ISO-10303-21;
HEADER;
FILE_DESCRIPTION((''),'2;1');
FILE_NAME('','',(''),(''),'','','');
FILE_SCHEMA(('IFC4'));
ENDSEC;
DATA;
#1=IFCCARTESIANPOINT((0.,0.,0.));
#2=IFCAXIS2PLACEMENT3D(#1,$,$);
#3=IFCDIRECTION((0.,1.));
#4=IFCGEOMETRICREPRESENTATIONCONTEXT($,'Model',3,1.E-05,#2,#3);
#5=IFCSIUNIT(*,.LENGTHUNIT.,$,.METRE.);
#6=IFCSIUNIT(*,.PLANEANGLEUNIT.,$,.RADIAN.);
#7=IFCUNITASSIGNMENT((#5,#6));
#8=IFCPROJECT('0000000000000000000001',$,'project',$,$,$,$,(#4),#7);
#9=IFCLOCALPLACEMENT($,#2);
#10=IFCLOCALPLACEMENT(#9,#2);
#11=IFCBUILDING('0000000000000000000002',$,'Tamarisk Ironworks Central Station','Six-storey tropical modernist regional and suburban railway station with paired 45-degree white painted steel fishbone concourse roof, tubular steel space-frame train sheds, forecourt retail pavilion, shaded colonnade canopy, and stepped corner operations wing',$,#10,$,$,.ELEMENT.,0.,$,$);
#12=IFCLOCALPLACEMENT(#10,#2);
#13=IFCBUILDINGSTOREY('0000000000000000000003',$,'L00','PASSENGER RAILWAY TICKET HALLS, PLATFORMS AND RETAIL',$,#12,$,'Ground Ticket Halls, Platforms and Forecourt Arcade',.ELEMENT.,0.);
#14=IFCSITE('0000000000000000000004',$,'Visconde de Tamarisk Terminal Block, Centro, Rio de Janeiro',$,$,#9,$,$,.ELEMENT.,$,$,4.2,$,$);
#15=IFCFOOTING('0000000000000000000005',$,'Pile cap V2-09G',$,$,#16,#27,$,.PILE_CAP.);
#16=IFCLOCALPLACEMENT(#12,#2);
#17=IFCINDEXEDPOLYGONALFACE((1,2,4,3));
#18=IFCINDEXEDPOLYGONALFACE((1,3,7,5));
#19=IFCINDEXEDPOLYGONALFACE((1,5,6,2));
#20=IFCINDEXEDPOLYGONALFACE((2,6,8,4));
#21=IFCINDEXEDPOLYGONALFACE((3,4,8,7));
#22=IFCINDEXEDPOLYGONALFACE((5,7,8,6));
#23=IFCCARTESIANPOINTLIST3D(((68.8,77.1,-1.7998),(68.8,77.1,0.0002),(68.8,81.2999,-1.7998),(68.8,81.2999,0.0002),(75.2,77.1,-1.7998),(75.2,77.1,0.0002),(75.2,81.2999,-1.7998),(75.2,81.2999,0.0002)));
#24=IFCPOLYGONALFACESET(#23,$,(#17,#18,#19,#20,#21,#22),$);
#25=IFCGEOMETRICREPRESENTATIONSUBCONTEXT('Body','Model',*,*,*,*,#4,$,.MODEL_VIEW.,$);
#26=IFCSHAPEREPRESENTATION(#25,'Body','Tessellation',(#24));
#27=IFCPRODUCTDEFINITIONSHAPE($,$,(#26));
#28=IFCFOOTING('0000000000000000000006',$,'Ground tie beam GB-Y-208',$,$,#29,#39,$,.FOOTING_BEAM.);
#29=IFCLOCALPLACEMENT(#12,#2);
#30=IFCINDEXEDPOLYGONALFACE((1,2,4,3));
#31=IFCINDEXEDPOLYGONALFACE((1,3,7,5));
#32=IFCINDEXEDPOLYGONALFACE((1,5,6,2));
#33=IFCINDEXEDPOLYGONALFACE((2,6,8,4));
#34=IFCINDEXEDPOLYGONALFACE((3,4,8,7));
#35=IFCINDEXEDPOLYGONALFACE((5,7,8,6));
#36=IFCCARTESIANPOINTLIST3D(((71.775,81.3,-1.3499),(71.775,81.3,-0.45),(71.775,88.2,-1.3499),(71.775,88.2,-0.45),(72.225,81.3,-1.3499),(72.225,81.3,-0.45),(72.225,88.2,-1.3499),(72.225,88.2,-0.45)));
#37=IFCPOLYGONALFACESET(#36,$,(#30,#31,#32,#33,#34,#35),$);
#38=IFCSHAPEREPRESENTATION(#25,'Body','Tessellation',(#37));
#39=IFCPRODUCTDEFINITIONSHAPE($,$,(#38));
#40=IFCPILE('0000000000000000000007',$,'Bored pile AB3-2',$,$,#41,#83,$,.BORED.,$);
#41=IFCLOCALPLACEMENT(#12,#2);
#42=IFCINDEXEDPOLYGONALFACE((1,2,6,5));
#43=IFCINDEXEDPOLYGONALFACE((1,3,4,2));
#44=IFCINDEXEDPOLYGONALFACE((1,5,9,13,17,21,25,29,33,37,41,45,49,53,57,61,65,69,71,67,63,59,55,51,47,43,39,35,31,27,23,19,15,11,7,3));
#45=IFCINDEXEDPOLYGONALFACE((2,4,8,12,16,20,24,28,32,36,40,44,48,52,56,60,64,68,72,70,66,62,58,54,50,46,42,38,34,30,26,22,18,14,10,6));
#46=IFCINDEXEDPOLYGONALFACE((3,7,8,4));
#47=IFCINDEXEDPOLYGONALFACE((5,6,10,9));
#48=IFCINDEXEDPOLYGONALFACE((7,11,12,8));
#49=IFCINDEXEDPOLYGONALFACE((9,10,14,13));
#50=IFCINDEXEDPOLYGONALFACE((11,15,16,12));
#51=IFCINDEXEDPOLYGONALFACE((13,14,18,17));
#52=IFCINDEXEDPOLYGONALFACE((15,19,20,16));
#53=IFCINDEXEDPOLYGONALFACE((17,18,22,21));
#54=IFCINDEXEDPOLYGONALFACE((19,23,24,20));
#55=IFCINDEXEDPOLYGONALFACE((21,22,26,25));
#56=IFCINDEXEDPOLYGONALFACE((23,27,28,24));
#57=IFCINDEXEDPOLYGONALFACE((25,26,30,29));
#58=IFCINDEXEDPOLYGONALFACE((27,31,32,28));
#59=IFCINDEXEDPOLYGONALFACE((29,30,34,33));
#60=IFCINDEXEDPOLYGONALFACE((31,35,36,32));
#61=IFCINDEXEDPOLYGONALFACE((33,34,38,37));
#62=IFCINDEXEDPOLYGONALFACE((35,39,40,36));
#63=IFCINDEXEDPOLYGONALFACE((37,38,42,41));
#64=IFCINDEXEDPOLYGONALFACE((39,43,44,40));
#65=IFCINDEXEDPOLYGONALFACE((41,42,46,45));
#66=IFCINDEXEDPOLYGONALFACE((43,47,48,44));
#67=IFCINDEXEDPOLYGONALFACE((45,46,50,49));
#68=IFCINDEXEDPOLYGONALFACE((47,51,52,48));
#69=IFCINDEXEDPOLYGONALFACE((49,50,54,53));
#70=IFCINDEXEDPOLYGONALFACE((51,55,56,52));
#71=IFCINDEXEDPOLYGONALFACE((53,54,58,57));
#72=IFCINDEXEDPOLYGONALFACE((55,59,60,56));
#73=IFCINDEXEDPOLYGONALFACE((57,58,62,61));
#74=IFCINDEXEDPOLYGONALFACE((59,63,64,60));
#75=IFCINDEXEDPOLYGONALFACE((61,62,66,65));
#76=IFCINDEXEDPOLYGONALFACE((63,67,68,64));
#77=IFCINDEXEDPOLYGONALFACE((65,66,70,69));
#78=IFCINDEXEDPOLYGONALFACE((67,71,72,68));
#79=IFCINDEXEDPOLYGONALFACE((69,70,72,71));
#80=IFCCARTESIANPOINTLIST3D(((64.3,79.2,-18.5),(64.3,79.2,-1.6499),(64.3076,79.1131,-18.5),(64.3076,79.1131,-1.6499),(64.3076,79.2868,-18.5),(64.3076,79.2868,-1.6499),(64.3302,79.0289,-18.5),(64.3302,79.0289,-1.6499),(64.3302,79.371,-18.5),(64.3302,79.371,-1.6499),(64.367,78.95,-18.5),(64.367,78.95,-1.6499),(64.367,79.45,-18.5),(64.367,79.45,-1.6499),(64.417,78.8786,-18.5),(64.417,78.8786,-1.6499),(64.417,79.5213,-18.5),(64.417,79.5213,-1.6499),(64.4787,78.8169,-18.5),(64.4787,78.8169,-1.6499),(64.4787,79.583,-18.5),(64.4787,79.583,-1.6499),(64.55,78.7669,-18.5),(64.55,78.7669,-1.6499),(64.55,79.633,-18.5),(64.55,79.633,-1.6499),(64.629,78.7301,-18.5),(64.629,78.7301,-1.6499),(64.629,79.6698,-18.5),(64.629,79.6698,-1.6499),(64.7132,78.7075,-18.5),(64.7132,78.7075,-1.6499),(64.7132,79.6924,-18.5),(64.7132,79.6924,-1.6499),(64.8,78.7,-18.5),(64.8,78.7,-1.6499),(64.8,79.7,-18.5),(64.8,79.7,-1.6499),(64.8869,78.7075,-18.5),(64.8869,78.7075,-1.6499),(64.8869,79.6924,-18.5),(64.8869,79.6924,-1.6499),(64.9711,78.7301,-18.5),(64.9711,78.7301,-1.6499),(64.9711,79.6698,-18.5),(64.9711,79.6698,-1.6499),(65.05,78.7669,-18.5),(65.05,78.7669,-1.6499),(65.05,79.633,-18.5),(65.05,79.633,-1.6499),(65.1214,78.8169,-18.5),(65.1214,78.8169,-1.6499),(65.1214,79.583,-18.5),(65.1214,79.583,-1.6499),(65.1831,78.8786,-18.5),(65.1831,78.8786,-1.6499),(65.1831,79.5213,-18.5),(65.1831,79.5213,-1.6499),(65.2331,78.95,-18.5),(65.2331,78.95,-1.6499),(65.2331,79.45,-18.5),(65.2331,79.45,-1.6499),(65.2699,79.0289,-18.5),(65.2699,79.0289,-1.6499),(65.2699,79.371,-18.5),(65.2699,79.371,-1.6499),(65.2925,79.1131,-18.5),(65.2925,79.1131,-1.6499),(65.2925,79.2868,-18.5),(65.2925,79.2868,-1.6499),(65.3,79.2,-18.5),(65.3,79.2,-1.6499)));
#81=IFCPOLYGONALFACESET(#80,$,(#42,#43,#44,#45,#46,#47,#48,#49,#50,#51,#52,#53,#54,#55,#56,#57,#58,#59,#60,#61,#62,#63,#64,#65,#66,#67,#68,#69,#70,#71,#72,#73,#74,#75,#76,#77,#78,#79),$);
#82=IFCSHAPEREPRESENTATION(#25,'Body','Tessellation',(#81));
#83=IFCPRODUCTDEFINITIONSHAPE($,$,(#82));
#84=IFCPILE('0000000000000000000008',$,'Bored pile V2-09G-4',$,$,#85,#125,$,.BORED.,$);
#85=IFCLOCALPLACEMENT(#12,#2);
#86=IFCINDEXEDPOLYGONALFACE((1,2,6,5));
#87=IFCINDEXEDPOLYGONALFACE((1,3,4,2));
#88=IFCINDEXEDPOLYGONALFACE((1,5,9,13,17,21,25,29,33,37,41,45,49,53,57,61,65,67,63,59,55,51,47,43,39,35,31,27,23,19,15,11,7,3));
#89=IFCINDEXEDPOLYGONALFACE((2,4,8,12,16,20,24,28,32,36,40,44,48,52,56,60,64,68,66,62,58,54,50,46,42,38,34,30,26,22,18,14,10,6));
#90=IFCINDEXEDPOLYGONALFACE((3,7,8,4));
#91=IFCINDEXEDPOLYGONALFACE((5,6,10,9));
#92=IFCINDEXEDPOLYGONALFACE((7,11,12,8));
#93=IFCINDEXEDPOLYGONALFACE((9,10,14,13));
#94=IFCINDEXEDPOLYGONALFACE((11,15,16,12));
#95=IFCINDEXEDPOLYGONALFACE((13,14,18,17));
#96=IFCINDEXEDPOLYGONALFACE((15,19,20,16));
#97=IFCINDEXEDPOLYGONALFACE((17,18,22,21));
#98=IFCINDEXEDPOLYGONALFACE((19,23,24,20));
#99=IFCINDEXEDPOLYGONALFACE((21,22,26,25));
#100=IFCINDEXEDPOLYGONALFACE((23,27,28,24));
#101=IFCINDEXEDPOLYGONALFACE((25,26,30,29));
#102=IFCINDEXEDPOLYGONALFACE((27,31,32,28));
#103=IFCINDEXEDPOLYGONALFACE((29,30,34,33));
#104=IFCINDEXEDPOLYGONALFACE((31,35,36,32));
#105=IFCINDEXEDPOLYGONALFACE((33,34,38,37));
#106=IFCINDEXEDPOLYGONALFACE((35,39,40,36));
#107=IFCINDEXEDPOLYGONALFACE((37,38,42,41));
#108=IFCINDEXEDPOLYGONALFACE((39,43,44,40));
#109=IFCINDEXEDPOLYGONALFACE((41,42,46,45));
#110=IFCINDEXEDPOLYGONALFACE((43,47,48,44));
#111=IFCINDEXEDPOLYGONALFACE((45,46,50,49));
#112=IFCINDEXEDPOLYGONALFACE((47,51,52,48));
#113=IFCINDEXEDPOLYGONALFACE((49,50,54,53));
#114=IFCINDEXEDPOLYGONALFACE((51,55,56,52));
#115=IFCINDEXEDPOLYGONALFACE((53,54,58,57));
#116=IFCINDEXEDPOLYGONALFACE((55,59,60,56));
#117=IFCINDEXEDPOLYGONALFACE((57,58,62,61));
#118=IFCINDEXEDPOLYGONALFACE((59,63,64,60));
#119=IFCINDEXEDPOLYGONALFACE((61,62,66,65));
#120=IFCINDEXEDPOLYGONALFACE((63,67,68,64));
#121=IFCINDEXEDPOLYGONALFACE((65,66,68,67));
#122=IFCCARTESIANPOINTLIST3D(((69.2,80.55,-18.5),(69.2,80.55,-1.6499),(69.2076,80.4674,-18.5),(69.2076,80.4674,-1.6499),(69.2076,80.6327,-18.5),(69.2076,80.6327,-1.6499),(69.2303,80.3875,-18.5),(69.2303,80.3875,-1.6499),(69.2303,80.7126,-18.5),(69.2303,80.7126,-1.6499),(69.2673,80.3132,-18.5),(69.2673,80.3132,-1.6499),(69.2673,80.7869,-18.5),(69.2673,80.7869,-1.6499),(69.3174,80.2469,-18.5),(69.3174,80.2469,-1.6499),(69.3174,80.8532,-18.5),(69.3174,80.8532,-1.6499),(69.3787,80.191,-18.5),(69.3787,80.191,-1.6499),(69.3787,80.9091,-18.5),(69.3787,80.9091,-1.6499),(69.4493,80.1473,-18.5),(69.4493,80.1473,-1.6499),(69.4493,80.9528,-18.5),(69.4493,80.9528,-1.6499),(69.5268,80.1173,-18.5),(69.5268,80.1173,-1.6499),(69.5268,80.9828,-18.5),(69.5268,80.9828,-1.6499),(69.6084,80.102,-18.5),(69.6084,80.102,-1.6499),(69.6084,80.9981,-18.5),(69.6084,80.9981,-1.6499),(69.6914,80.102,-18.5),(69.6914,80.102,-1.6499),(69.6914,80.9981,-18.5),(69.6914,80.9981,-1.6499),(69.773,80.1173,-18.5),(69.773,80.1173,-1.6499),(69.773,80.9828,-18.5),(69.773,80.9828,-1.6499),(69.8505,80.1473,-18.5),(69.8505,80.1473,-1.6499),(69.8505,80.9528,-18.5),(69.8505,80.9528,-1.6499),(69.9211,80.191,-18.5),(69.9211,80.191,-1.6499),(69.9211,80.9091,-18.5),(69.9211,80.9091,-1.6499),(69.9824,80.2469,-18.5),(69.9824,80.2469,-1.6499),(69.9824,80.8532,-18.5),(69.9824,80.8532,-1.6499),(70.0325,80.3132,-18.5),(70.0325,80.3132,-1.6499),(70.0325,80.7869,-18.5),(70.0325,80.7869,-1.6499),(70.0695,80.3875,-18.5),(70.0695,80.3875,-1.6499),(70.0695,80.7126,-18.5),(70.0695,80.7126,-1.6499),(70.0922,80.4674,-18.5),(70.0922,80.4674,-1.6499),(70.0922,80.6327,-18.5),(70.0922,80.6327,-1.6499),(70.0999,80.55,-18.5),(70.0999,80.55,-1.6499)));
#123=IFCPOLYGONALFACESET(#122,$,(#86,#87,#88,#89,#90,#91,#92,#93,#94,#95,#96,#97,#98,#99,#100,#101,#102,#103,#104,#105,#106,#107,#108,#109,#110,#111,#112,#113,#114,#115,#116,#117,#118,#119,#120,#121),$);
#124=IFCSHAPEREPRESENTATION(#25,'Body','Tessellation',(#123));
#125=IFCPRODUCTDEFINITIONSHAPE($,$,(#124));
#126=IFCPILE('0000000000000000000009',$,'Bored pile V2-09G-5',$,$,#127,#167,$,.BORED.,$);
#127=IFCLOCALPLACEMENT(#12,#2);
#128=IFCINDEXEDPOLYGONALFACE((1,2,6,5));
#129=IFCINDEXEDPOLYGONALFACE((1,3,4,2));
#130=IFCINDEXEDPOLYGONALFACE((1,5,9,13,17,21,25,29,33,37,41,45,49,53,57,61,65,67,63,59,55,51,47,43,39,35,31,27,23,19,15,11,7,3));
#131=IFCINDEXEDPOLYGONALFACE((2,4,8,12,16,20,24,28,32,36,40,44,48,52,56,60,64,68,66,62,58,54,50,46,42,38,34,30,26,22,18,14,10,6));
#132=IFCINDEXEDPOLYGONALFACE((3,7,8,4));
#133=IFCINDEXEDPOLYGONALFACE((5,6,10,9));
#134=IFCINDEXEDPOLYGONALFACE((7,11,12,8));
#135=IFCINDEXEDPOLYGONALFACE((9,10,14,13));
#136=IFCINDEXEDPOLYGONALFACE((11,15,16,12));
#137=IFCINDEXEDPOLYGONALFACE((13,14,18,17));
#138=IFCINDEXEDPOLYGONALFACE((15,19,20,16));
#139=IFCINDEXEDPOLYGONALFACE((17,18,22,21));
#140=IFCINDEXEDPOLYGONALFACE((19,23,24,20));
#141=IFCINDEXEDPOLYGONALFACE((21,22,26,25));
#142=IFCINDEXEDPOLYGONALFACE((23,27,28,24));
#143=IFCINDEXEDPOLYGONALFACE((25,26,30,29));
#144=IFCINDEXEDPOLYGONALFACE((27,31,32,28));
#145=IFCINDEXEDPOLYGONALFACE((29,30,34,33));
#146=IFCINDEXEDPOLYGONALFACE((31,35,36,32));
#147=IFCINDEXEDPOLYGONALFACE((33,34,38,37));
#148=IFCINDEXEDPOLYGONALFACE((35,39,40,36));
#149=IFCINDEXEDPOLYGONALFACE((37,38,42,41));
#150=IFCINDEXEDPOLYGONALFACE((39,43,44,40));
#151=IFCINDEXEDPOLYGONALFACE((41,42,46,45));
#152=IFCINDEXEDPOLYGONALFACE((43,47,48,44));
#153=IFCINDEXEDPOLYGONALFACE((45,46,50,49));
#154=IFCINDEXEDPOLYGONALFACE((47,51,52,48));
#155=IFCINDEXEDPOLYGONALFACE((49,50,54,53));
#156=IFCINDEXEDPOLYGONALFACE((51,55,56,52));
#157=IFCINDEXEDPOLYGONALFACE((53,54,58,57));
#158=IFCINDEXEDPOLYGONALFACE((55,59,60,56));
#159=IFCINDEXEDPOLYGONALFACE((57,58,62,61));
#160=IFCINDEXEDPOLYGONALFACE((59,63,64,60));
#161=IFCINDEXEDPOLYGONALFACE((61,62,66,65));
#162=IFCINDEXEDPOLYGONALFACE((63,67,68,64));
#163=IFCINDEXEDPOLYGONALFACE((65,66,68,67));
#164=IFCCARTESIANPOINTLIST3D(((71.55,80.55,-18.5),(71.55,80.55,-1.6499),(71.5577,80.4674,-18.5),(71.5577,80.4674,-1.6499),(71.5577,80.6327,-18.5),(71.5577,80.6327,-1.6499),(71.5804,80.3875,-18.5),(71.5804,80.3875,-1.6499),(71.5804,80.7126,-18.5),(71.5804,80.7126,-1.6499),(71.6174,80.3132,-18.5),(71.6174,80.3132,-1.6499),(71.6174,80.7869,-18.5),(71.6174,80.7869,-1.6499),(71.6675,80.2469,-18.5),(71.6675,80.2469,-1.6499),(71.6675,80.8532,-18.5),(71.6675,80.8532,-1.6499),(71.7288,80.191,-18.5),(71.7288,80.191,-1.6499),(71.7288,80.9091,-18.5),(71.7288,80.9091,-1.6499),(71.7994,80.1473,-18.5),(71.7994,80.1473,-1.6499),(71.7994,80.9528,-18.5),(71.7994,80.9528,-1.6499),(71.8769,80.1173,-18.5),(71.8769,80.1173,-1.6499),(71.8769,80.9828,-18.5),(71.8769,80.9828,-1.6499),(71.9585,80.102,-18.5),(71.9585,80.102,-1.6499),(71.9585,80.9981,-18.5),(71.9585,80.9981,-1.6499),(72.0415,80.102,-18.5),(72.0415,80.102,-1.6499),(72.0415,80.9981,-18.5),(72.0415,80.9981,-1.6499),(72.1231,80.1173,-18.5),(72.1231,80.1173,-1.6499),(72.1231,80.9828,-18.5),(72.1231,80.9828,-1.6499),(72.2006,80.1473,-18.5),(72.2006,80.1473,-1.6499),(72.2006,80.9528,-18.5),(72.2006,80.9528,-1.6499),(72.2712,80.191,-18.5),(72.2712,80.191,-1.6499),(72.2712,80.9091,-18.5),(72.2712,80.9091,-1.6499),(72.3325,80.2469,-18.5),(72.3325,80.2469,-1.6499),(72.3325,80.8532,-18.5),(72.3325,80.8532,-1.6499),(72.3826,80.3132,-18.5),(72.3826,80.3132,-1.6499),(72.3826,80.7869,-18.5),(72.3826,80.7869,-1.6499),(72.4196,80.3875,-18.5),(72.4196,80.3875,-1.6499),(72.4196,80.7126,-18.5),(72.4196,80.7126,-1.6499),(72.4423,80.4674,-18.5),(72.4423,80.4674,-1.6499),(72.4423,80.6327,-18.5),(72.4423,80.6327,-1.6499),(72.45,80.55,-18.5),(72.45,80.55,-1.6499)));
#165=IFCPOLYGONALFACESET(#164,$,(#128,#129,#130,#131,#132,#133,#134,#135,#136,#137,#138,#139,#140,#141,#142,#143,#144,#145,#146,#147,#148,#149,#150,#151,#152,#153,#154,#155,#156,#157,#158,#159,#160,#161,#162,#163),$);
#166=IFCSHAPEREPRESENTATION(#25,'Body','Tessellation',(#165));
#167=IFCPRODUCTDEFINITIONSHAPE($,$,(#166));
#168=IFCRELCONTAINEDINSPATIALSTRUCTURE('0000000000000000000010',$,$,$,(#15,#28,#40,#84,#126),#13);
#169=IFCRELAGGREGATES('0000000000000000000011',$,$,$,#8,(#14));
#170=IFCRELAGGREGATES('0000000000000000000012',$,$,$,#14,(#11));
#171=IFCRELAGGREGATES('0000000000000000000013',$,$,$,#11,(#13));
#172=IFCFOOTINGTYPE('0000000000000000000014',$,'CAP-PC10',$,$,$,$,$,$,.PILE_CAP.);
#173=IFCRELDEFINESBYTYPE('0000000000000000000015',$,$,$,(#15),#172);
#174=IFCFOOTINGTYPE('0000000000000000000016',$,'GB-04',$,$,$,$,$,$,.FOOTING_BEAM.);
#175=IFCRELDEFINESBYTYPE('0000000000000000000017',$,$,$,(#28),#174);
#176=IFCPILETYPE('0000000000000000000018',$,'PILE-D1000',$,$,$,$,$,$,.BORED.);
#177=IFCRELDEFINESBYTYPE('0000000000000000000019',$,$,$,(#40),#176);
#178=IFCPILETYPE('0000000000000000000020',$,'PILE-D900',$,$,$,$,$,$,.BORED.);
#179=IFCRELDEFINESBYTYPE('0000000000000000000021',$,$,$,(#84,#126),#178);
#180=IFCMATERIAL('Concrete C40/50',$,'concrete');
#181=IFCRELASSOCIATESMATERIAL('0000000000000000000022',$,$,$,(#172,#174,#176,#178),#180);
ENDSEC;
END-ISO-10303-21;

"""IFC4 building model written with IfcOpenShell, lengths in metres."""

from ifc_helpers import new_model, si_unit, direction, frame, origin, origin_2d, place, context, subcontext, project, spatial, rectangle, circle, extrude, material, material_profile, profile_set, type_object, element, save


model = new_model("IFC4")

# Units and contexts
model_context = context("Model", 3, precision=1e-05, world=origin(), true_north=direction((0.0, 1.0)))
body_context = subcontext(model_context, "Body", "Model", "MODEL_VIEW")
ifc_project = project(units=[si_unit("LENGTHUNIT", "METRE"), si_unit("PLANEANGLEUNIT", "RADIAN")], contexts=[model_context])

# Site, building, storey
site_placement = place(None, origin())
site = spatial("IfcSite", under=ifc_project, at=site_placement, Name="Visconde de Tamarisk Terminal Block, Centro, Rio de Janeiro", CompositionType="ELEMENT", RefElevation=4.2)
building_placement = place(site_placement, origin())
building = spatial("IfcBuilding", under=site, at=building_placement, Name="Tamarisk Ironworks Central Station", Description="Six-storey tropical modernist regional and suburban railway station with paired 45-degree white painted steel fishbone concourse roof, tubular steel space-frame train sheds, forecourt retail pavilion, shaded colonnade canopy, and stepped corner operations wing", CompositionType="ELEMENT", ElevationOfRefHeight=0.0)
storey_placement = place(building_placement, origin())
storey = spatial("IfcBuildingStorey", under=building, at=storey_placement, Name="L00", Description="PASSENGER RAILWAY TICKET HALLS, PLATFORMS AND RETAIL", LongName="Ground Ticket Halls, Platforms and Forecourt Arcade", CompositionType="ELEMENT", Elevation=0.0)

# Footings
ifc_material_1 = material(Name="Concrete C40/50", Category="concrete")
footing_type_1 = type_object("IfcFootingType", Name="CAP-PC10", PredefinedType="PILE_CAP", material=ifc_material_1)
footing_1_placement = place(storey_placement, frame((72.0, 79.2, -1.7998), z_axis=(0.0, 0.0, 1.0), x_axis=(1.0, 0.0, 0.0)))
element("IfcFooting", 1, at=footing_1_placement, inside=storey, type_object=footing_type_1, Name="Pile cap V2-09G", PredefinedType="PILE_CAP", context=body_context, shape_type="SweptSolid", body=[
    extrude(rectangle(XDim=6.3999, YDim=4.2, at=origin_2d()), origin(), (0.0, 0.0, 1.0), 1.8),
])
ifc_material_profile_1 = material_profile(ifc_material_1, rectangle(XDim=0.45, YDim=0.8999, at=origin_2d()), Name="GB04 450x900")
ifc_profile_set_1 = profile_set([ifc_material_profile_1], Name="Concrete C40/50")
footing_type_2 = type_object("IfcFootingType", Name="GB-04", PredefinedType="FOOTING_BEAM", material=ifc_profile_set_1)
footing_2_placement = place(storey_placement, frame((72.0, 81.3, -0.8999), z_axis=(0.0, 1.0, 0.0), x_axis=(-1.0, 0.0, 0.0)))
element("IfcFooting", 2, at=footing_2_placement, inside=storey, type_object=footing_type_2, Name="Ground tie beam GB-Y-208", PredefinedType="FOOTING_BEAM", context=body_context, shape_type="SweptSolid", body=[
    extrude(rectangle(XDim=0.45, YDim=0.8999, at=origin_2d()), origin(), (0.0, 0.0, 1.0), 6.8999),
])

# Piles
ifc_material_profile_2 = material_profile(ifc_material_1, circle(Radius=0.5, at=origin_2d()), Name="BORED PILE D1000")
ifc_profile_set_2 = profile_set([ifc_material_profile_2], Name="Concrete C40/50")
pile_type_1 = type_object("IfcPileType", Name="PILE-D1000", PredefinedType="BORED", material=ifc_profile_set_2)
pile_placement = place(storey_placement, frame((64.8, 79.2, -1.6499), z_axis=(0.0, 0.0, -1.0), x_axis=(1.0, 0.0, 0.0)))
element("IfcPile", 3, at=pile_placement, inside=storey, type_object=pile_type_1, Name="Bored pile AB3-2", PredefinedType="BORED", context=body_context, shape_type="SweptSolid", body=[
    extrude(circle(Radius=0.5, at=origin_2d()), origin(), (0.0, 0.0, 1.0), 16.8501),
])
ifc_material_profile_3 = material_profile(ifc_material_1, circle(Radius=0.45, at=origin_2d()), Name="BORED PILE D900")
ifc_profile_set_3 = profile_set([ifc_material_profile_3], Name="Concrete C40/50")
pile_type_2 = type_object("IfcPileType", Name="PILE-D900", PredefinedType="BORED", material=ifc_profile_set_3)
for number, where, z_axis, x_axis, name in (
    (4, (69.6499, 80.55, -1.6499), (0.0, 0.0, -1.0), (1.0, 0.0, 0.0), "Bored pile V2-09G-4"),
    (5, (72.0, 80.55, -1.6499), (0.0, 0.0, -1.0), (1.0, 0.0, 0.0), "Bored pile V2-09G-5"),
):
    element("IfcPile", number, at=place(storey_placement, frame(where, z_axis=z_axis, x_axis=x_axis)), inside=storey, type_object=pile_type_2, Name=name, PredefinedType="BORED", context=body_context, shape_type="SweptSolid", body=[
        extrude(circle(Radius=0.45, at=origin_2d()), origin(), (0.0, 0.0, 1.0), 16.8501),
    ])

save(model, "model.ifc")
